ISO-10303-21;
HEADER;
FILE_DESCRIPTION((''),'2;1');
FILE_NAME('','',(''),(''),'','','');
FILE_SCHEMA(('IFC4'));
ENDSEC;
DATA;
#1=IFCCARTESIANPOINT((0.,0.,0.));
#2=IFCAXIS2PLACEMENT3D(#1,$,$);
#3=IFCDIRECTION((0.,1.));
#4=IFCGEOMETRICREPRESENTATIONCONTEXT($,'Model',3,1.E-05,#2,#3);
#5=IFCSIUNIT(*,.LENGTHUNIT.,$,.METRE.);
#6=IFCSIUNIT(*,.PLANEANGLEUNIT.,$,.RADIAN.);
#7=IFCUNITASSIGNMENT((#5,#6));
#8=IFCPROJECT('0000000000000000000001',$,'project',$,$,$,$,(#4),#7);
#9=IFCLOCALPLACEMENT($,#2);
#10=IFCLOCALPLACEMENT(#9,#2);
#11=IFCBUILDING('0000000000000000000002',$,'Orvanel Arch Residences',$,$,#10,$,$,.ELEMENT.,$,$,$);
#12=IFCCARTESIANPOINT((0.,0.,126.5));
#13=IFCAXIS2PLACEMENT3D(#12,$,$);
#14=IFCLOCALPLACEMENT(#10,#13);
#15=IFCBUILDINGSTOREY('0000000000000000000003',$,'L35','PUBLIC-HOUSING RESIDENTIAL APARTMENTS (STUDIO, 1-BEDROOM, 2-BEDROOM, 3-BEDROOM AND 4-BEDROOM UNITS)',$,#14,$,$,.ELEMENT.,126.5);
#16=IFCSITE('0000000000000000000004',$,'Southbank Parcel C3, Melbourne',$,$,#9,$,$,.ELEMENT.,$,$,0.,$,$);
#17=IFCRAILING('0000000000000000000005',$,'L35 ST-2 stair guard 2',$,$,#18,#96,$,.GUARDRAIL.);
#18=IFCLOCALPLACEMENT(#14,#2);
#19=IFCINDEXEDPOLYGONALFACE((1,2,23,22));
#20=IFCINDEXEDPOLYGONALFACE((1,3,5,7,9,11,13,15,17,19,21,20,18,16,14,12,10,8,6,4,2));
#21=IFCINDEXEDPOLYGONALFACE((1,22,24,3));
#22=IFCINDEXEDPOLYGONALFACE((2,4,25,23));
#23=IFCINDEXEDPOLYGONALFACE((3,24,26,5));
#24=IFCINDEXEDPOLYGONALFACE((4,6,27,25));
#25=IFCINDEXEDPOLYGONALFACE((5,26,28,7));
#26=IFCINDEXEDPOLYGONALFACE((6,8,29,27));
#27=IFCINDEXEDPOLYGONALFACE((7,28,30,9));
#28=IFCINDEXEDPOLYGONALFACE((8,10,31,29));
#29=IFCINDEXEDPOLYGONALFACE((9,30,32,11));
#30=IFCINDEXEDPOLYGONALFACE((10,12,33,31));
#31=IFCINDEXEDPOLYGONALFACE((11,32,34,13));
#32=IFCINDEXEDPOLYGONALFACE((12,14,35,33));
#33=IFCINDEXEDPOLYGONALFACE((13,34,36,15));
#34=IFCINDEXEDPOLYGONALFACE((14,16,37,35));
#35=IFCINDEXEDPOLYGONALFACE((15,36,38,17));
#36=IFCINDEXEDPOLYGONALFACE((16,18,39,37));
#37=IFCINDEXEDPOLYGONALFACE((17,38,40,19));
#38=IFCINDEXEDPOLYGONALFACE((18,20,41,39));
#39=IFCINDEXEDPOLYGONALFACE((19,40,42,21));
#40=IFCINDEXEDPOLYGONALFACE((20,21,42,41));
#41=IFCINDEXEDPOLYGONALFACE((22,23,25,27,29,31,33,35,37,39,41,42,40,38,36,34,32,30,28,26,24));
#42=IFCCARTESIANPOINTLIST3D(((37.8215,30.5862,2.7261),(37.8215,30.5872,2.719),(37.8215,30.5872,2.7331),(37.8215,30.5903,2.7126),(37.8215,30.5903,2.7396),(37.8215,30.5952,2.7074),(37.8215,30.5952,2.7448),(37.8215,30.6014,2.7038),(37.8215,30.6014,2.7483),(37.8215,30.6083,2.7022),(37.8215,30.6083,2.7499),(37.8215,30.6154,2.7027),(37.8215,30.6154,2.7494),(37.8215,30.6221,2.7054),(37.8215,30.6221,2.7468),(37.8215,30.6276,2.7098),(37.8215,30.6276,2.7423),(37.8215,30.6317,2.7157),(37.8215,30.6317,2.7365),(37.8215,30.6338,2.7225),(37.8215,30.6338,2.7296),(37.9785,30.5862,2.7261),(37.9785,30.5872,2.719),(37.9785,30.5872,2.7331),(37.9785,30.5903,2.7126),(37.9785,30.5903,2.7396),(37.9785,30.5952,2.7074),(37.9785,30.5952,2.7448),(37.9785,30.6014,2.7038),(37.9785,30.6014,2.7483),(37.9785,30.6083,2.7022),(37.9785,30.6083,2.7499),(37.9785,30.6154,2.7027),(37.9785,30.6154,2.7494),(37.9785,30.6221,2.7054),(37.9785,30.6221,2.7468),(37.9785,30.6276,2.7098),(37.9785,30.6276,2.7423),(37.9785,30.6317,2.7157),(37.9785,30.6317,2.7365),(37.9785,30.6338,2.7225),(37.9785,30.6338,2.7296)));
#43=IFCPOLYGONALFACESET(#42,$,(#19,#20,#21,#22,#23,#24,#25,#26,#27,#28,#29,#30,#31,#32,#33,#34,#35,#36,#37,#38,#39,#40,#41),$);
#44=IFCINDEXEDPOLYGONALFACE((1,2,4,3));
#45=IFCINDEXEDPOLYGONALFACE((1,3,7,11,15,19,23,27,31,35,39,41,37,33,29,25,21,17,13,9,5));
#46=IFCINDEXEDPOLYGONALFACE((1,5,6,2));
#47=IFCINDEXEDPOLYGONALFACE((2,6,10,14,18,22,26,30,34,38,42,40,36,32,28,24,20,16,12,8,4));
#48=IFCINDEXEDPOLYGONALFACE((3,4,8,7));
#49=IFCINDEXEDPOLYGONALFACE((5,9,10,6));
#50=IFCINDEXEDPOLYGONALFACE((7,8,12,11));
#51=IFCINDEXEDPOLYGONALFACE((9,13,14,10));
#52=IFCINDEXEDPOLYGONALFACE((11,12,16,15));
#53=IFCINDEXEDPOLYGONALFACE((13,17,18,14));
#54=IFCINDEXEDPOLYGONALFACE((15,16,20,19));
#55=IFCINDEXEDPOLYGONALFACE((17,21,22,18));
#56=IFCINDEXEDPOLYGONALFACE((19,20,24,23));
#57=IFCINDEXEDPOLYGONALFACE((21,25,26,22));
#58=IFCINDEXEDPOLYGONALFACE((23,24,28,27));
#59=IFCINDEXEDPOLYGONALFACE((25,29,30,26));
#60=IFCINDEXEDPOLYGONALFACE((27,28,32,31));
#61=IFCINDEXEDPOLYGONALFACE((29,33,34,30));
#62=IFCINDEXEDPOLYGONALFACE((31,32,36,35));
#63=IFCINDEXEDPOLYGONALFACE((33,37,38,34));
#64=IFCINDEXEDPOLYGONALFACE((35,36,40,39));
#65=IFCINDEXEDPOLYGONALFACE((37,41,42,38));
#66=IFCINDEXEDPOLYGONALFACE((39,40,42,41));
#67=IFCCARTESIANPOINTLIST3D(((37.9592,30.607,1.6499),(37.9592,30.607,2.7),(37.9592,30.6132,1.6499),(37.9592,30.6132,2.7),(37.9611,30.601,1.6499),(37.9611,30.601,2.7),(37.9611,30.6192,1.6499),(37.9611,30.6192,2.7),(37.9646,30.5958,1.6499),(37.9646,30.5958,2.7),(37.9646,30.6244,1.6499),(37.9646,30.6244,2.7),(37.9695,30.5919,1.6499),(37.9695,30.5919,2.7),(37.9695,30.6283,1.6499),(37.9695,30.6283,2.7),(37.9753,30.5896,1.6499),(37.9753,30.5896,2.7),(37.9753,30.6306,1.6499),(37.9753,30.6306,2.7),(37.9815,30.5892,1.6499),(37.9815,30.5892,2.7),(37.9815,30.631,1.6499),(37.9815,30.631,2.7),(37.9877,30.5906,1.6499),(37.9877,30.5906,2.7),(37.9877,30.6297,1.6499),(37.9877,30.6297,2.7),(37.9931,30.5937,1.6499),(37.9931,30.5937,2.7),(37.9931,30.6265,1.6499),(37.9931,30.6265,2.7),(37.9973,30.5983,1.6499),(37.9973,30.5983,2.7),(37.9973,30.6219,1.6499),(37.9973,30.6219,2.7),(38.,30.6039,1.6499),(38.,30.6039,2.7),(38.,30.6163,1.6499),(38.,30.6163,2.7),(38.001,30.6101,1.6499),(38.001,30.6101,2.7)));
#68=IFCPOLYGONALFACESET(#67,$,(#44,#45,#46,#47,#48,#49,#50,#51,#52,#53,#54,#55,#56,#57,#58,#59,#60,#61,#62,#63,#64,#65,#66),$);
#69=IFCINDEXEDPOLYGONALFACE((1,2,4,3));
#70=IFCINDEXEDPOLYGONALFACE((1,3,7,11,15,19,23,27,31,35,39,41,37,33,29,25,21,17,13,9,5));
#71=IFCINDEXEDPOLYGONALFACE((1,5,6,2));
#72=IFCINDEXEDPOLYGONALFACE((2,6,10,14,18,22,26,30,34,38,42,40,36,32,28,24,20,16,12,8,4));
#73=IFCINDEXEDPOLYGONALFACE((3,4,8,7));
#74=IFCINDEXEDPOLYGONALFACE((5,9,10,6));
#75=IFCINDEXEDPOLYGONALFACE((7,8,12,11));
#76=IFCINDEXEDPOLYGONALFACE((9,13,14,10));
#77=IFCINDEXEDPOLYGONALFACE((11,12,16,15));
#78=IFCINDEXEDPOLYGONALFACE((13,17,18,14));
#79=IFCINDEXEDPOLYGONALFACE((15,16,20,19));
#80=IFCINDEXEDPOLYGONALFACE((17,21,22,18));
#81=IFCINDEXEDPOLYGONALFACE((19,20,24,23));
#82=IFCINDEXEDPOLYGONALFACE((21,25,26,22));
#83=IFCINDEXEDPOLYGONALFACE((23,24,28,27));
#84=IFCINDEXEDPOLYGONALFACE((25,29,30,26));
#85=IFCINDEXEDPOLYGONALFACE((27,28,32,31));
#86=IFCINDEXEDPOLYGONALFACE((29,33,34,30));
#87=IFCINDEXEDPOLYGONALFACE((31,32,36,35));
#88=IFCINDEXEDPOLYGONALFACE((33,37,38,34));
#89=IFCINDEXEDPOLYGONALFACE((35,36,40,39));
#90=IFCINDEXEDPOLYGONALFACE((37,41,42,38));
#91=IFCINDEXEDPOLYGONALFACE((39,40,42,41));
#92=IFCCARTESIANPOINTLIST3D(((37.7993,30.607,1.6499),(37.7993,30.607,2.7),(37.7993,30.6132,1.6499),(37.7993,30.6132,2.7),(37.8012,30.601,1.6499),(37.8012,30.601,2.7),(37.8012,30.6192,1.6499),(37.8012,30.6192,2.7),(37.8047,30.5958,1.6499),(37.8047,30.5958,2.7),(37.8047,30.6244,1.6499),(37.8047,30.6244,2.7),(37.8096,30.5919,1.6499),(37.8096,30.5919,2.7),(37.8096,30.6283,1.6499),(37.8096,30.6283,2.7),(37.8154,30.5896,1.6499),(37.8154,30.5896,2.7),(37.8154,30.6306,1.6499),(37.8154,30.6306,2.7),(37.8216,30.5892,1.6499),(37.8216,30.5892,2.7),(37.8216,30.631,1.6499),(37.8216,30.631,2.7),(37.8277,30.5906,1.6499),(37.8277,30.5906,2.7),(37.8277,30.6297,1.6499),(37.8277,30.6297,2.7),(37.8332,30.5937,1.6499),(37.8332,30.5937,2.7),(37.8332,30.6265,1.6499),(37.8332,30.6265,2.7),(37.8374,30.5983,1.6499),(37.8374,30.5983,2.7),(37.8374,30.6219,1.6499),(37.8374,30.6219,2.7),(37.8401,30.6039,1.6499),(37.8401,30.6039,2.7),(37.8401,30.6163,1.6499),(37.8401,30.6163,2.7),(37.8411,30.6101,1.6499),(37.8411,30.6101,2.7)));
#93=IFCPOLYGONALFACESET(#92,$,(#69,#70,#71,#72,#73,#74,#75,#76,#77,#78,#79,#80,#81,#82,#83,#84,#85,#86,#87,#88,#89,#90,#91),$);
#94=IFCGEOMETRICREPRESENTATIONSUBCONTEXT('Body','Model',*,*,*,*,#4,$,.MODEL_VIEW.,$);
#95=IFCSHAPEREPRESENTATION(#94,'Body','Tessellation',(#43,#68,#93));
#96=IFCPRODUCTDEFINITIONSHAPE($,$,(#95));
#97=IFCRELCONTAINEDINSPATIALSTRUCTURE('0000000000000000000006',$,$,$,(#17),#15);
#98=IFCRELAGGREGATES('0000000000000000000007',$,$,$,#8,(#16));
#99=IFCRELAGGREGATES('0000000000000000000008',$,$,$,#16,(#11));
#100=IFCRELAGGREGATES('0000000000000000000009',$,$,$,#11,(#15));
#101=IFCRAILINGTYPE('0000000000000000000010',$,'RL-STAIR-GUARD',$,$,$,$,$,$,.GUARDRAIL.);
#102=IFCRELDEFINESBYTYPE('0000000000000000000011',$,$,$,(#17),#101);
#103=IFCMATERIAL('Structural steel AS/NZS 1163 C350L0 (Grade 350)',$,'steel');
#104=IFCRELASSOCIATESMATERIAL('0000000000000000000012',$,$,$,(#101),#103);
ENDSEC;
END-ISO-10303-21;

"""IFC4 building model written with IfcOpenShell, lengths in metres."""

from ifc_helpers import new_model, si_unit, direction, frame, origin, origin_2d, place, context, subcontext, project, spatial, circle, extrude, material, type_object, element, save


model = new_model("IFC4")

# Units and contexts
model_context = context("Model", 3, precision=1e-05, world=origin(), true_north=direction((0.0, 1.0)))
body_context = subcontext(model_context, "Body", "Model", "MODEL_VIEW")
ifc_project = project(units=[si_unit("LENGTHUNIT", "METRE"), si_unit("PLANEANGLEUNIT", "RADIAN")], contexts=[model_context])

# Site, building, storey
site_placement = place(None, origin())
site = spatial("IfcSite", under=ifc_project, at=site_placement, Name="Southbank Parcel C3, Melbourne", CompositionType="ELEMENT", RefElevation=0.0)
building_placement = place(site_placement, origin())
building = spatial("IfcBuilding", under=site, at=building_placement, Name="Orvanel Arch Residences", CompositionType="ELEMENT")
storey_placement = place(building_placement, frame((0.0, 0.0, 126.5)))
storey = spatial("IfcBuildingStorey", under=building, at=storey_placement, Name="L35", Description="PUBLIC-HOUSING RESIDENTIAL APARTMENTS (STUDIO, 1-BEDROOM, 2-BEDROOM, 3-BEDROOM AND 4-BEDROOM UNITS)", CompositionType="ELEMENT", Elevation=126.5)

# Railing
ifc_material_1 = material(Name="Structural steel AS/NZS 1163 C350L0 (Grade 350)", Category="steel")
railing_type_1 = type_object("IfcRailingType", Name="RL-STAIR-GUARD", PredefinedType="GUARDRAIL", material=ifc_material_1)
railing_1_placement = place(storey_placement, frame((37.98, 30.6101, 1.6499)))
element("IfcRailing", 1, at=railing_1_placement, inside=storey, type_object=railing_type_1, Name="L35 ST-2 stair guard 2", PredefinedType="GUARDRAIL", context=body_context, shape_type="SweptSolid", body=[
    extrude(circle(Radius=0.0239, at=origin_2d()), frame((-0.0015, 0.0, 1.0762), z_axis=(-1.0, 0.0, 0.0), x_axis=(0.0, -1.0, 0.0)), (0.0, 0.0, 1.0), 0.157),
    extrude(circle(Radius=0.021, at=origin_2d()), origin(), (0.0, 0.0, 1.0), 1.05),
    extrude(circle(Radius=0.021, at=origin_2d()), frame((-0.1599, 0.0, 0.0)), (0.0, 0.0, 1.0), 1.05),
])

save(model, "model.ifc")
